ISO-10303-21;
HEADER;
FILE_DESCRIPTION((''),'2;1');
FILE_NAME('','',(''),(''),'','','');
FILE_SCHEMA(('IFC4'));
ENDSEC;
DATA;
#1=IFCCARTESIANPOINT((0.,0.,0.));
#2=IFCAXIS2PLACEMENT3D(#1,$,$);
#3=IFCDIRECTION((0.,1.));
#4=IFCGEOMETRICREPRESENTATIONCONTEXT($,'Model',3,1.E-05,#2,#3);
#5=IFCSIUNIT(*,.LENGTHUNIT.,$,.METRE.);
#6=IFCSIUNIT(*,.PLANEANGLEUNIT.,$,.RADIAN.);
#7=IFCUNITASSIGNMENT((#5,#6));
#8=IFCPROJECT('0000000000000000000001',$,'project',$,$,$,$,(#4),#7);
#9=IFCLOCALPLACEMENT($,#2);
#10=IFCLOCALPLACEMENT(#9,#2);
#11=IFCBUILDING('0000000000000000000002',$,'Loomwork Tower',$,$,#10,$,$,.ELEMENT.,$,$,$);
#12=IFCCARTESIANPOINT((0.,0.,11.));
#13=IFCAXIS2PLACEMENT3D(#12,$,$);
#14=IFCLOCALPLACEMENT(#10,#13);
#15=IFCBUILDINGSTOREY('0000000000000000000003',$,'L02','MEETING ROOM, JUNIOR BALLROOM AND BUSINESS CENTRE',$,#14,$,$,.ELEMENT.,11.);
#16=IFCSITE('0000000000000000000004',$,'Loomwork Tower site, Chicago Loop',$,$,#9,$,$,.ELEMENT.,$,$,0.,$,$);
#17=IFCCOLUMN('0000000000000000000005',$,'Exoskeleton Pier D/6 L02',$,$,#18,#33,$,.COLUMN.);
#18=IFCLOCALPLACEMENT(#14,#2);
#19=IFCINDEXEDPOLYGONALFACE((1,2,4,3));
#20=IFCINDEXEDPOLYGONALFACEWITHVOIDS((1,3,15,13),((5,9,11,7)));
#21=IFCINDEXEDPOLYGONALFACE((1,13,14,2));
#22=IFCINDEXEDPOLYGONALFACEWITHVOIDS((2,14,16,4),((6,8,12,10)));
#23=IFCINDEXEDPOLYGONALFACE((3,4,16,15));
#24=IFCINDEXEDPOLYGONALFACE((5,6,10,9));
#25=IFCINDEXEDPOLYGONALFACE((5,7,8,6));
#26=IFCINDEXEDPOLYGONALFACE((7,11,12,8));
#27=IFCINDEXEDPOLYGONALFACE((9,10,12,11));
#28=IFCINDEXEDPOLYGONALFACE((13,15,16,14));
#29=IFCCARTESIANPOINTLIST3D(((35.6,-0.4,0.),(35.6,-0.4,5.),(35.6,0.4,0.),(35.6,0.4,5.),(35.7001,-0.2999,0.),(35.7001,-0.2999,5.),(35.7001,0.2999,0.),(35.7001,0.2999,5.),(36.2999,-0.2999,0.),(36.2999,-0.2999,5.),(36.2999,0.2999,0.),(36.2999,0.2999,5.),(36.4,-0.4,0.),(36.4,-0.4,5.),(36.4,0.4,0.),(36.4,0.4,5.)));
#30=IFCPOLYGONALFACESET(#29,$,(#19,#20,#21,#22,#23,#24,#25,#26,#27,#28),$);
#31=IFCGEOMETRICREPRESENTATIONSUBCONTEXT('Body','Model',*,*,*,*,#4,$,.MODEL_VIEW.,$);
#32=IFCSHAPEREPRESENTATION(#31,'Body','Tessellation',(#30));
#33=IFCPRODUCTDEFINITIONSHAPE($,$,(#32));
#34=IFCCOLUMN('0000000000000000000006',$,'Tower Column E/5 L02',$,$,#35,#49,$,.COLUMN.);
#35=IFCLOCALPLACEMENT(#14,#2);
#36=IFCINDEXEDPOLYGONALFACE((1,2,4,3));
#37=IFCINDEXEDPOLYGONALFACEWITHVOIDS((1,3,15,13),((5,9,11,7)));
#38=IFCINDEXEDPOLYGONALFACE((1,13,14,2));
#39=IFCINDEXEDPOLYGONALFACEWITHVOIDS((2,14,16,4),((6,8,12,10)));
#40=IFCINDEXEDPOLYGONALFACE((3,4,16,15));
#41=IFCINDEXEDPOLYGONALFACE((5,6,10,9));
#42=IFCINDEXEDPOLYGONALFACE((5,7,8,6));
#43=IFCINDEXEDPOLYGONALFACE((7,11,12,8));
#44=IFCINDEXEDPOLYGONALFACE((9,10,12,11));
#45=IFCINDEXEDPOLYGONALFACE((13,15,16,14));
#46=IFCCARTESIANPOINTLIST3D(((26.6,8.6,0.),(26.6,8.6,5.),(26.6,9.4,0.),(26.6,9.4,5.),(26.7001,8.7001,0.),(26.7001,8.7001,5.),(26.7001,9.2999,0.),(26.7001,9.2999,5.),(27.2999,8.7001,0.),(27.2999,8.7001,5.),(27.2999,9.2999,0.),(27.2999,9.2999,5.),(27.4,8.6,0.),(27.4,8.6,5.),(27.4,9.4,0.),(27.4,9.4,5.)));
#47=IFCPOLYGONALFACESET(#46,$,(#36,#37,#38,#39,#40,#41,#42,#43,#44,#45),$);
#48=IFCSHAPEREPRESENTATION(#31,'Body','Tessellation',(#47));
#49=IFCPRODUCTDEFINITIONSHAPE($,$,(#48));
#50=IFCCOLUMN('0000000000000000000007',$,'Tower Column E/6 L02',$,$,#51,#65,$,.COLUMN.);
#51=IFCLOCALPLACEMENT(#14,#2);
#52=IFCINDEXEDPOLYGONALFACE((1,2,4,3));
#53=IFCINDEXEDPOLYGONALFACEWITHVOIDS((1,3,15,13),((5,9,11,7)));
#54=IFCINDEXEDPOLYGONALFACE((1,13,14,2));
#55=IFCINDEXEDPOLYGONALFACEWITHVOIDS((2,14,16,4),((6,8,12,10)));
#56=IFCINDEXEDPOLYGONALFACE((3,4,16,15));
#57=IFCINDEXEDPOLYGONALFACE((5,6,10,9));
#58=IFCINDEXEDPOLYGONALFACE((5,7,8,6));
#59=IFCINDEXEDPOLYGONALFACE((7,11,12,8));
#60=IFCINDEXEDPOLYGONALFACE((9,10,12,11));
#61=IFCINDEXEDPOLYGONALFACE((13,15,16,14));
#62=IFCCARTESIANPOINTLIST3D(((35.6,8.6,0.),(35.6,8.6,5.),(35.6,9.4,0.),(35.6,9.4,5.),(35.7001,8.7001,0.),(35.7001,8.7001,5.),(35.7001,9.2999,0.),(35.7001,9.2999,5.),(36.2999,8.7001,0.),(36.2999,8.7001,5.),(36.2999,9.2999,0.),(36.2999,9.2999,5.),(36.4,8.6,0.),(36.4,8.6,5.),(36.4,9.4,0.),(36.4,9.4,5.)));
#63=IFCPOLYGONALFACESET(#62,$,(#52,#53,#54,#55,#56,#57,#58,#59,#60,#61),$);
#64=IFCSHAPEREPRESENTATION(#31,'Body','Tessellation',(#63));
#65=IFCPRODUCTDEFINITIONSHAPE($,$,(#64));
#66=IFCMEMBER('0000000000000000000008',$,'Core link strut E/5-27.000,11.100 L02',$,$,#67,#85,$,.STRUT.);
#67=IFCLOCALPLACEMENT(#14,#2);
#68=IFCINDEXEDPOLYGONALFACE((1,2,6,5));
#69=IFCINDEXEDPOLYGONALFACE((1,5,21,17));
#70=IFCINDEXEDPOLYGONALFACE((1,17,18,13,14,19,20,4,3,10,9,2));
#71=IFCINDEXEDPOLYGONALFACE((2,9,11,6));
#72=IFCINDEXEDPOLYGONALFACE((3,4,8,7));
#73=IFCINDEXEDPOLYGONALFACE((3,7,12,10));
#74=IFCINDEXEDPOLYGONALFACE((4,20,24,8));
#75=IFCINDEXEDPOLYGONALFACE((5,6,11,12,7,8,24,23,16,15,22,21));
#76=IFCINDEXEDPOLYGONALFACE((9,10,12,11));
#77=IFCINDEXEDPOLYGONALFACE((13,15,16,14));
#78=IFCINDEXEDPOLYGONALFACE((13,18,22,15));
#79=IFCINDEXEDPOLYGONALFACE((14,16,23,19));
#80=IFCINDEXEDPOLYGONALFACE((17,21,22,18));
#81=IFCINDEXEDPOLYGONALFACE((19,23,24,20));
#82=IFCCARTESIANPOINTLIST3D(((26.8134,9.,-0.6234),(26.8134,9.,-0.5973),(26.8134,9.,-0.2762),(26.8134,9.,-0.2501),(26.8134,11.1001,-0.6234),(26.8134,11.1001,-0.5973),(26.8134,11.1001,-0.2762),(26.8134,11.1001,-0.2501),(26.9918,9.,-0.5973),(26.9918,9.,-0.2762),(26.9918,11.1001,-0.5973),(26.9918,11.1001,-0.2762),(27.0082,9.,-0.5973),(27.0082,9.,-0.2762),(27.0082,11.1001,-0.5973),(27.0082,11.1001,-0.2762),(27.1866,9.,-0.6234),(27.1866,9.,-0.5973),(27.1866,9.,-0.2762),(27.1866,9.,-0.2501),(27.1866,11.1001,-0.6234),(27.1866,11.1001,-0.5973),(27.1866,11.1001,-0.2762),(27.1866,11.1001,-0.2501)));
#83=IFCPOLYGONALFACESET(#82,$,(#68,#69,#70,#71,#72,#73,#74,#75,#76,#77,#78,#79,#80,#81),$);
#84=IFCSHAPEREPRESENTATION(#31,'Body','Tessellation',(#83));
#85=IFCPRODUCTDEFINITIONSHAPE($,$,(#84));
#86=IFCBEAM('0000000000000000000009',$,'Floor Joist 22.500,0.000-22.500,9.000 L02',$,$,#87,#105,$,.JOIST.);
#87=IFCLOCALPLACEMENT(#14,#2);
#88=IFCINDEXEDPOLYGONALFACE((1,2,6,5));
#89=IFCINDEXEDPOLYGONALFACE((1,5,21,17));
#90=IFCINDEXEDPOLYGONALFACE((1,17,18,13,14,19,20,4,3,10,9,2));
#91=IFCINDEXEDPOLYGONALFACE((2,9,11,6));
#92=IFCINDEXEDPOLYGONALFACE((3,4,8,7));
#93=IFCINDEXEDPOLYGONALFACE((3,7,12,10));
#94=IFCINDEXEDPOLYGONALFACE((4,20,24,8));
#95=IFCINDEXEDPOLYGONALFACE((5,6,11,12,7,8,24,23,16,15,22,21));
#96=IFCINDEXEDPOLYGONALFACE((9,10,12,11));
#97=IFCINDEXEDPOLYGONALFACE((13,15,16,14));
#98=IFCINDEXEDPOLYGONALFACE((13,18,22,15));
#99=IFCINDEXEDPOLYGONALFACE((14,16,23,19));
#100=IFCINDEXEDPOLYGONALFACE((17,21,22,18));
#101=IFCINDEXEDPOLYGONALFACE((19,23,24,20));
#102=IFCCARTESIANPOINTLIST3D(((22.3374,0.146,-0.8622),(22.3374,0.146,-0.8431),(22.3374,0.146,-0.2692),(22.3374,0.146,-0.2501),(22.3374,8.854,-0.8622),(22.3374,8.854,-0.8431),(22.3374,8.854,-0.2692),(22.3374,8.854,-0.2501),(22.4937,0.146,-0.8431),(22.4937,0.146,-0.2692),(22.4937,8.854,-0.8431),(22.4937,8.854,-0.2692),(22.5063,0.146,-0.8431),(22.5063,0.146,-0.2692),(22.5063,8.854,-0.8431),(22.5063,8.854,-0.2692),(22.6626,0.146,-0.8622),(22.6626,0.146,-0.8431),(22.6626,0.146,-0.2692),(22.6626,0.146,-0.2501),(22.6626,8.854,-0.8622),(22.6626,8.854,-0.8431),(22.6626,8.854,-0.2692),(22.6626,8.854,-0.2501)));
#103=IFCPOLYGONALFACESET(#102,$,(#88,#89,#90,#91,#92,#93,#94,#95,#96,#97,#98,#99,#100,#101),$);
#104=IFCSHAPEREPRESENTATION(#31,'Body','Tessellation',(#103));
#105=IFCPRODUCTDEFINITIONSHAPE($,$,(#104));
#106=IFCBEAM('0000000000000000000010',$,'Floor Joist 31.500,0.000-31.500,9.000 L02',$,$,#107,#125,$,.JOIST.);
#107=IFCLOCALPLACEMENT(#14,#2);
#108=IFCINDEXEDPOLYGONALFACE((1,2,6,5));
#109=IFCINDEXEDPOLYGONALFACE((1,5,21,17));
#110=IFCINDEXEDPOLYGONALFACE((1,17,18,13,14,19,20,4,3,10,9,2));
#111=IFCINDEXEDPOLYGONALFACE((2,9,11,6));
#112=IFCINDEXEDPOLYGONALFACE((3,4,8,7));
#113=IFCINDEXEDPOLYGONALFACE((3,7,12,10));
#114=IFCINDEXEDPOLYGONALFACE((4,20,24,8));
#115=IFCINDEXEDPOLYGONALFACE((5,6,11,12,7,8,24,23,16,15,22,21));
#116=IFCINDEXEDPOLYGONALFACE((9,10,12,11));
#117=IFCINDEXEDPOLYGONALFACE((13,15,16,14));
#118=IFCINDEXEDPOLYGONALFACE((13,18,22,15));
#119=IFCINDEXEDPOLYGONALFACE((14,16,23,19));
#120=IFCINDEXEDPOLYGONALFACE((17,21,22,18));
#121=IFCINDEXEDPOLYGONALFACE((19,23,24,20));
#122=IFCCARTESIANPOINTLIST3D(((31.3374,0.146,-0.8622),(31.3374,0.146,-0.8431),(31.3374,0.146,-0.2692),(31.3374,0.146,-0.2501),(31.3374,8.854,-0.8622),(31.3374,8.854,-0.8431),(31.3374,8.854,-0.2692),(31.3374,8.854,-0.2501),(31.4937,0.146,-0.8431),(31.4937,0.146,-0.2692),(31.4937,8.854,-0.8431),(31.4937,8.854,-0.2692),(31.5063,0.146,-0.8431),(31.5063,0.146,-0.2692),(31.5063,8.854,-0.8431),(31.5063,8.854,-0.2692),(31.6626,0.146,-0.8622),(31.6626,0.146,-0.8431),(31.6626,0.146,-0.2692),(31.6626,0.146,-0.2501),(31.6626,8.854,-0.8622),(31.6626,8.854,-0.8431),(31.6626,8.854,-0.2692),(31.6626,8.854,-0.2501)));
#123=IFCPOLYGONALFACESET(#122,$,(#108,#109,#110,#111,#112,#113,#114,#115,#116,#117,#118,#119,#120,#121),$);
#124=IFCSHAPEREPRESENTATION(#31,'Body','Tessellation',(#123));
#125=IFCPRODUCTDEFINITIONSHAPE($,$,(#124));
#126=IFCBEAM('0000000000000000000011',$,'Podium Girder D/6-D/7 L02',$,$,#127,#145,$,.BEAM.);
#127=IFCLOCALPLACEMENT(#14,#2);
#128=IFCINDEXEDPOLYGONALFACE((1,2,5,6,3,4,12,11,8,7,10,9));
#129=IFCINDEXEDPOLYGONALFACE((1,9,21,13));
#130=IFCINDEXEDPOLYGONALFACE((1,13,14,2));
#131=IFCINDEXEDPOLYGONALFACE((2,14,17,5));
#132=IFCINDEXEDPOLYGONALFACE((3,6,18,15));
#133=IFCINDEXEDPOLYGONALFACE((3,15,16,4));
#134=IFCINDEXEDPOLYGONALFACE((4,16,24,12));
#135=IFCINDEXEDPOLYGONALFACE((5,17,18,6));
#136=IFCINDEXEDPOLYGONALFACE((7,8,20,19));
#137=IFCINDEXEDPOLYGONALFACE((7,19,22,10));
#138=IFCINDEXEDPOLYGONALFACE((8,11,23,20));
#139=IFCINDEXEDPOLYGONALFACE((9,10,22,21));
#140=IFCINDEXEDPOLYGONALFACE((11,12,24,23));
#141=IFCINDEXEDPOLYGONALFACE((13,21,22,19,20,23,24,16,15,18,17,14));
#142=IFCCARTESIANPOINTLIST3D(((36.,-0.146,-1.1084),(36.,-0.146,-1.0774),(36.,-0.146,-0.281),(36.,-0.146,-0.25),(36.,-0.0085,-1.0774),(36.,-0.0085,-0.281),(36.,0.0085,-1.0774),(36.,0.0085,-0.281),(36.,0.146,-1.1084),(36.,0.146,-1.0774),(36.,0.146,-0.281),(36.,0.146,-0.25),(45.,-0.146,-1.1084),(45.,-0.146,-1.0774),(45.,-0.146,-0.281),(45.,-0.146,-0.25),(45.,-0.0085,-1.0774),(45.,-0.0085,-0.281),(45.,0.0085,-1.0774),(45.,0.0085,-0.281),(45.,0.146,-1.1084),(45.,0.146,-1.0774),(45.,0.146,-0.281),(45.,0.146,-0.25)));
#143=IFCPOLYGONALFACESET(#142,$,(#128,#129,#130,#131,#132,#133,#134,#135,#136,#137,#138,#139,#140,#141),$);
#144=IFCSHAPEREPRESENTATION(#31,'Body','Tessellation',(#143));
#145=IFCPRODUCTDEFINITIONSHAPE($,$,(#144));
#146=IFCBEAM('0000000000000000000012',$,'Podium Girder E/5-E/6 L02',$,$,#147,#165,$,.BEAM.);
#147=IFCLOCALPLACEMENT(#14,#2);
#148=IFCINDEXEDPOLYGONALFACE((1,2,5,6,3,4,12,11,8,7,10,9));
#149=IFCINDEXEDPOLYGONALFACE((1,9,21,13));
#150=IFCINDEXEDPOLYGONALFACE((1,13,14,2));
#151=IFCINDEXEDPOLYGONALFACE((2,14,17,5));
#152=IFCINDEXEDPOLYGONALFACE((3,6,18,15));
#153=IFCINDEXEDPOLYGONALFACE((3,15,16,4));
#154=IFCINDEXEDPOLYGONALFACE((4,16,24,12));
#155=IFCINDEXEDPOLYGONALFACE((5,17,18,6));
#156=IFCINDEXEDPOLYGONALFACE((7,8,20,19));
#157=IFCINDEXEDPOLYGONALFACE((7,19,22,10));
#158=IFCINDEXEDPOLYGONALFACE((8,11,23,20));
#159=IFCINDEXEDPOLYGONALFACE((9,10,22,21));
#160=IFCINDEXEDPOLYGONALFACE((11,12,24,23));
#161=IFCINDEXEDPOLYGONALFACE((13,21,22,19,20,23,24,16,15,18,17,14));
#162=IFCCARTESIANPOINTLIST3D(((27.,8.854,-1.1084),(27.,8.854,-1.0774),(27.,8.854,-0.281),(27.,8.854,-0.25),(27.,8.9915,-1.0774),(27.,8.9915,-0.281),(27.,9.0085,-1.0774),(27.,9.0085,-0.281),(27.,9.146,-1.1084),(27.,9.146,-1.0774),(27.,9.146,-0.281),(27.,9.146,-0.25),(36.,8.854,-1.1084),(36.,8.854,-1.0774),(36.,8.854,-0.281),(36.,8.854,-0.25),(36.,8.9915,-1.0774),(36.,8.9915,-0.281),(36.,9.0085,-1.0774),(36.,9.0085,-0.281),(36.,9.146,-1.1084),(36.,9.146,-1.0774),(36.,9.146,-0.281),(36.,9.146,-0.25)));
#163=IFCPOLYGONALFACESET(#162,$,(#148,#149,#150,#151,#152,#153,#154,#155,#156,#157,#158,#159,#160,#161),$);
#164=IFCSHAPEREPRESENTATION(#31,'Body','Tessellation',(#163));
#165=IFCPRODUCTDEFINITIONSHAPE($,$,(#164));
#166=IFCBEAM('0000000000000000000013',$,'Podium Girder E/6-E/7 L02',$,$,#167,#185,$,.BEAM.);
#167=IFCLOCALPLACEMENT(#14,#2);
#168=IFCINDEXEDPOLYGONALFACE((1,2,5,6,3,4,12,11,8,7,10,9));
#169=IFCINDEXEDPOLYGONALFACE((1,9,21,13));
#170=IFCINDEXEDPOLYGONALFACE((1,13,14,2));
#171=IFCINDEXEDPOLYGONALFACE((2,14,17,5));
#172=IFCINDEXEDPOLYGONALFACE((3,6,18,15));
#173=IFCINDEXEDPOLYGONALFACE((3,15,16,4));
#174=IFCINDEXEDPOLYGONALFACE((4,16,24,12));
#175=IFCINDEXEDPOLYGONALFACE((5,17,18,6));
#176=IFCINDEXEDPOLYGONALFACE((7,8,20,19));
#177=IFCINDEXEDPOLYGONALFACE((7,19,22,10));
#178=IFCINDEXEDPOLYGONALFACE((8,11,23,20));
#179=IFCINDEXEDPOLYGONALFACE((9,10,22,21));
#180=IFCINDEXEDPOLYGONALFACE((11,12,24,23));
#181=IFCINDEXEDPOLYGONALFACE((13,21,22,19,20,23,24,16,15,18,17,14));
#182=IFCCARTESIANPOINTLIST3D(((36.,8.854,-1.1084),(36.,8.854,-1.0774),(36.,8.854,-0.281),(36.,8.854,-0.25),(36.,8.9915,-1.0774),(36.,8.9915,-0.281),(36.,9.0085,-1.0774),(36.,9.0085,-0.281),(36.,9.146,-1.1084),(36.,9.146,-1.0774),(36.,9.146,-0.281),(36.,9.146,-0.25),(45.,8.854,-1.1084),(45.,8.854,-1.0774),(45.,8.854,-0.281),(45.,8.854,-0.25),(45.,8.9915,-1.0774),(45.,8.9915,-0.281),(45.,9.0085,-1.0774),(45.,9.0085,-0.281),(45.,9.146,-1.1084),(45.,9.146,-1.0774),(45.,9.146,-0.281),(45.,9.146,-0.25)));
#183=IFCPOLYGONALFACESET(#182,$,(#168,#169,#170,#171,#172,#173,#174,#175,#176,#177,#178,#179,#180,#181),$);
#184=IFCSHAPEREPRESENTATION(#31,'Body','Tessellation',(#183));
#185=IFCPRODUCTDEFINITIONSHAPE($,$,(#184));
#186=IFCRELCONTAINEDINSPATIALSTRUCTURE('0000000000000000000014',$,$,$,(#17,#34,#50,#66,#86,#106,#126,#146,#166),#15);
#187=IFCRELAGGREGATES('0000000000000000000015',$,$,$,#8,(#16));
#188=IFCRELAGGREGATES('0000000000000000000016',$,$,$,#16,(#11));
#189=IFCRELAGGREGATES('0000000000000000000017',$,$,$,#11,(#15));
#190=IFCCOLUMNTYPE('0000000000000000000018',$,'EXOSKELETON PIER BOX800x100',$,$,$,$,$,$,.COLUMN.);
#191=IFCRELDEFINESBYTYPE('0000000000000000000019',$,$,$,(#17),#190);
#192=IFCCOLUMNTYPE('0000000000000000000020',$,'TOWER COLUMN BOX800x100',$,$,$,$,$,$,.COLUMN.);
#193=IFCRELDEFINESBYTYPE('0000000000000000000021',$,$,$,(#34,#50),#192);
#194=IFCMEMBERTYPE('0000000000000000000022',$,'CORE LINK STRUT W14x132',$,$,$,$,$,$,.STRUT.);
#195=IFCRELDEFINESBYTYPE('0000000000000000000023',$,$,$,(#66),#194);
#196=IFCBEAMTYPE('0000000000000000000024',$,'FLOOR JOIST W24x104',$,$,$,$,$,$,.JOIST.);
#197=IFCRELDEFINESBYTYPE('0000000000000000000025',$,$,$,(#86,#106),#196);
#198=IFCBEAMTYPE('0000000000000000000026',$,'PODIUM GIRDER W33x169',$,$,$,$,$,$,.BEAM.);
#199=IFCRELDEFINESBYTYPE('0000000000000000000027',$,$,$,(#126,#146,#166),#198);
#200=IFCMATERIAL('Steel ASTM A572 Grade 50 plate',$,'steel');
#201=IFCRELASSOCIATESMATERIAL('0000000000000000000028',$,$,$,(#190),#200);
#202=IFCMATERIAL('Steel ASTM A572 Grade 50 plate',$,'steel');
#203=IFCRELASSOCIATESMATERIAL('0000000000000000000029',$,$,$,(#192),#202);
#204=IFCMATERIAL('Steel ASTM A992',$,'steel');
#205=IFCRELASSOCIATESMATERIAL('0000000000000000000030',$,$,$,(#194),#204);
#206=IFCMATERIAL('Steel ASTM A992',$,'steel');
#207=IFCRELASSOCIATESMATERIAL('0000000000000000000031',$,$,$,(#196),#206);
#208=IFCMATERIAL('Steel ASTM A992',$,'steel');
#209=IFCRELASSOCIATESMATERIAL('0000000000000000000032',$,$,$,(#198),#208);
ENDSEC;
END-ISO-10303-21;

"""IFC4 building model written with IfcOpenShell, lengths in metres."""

from ifc_helpers import new_model, si_unit, direction, frame, origin, origin_2d, place, context, subcontext, project, spatial, hollow_rectangle, i_section, extrude, material, material_profile, profile_set, type_object, element, save


model = new_model("IFC4")

# Units and contexts
model_context = context("Model", 3, precision=1e-05, world=origin(), true_north=direction((0.0, 1.0)))
body_context = subcontext(model_context, "Body", "Model", "MODEL_VIEW")
ifc_project = project(units=[si_unit("LENGTHUNIT", "METRE"), si_unit("PLANEANGLEUNIT", "RADIAN")], contexts=[model_context])

# Site, building, storey
site_placement = place(None, origin())
site = spatial("IfcSite", under=ifc_project, at=site_placement, Name="Loomwork Tower site, Chicago Loop", CompositionType="ELEMENT", RefElevation=0.0)
building_placement = place(site_placement, origin())
building = spatial("IfcBuilding", under=site, at=building_placement, Name="Loomwork Tower", CompositionType="ELEMENT")
storey_placement = place(building_placement, frame((0.0, 0.0, 11.0)))
storey = spatial("IfcBuildingStorey", under=building, at=storey_placement, Name="L02", Description="MEETING ROOM, JUNIOR BALLROOM AND BUSINESS CENTRE", CompositionType="ELEMENT", Elevation=11.0)

# Columns
ifc_material_1 = material(Name="Steel ASTM A572 Grade 50 plate", Category="steel")
ifc_material_profile_1 = material_profile(ifc_material_1, hollow_rectangle(XDim=0.8, YDim=0.8, WallThickness=0.1001, at=origin_2d()), Name="BOX800x100")
ifc_profile_set_1 = profile_set([ifc_material_profile_1], Name="Steel ASTM A572 Grade 50 plate")
column_type_1 = type_object("IfcColumnType", Name="EXOSKELETON PIER BOX800x100", PredefinedType="COLUMN", material=ifc_profile_set_1)
column_placement = place(storey_placement, frame((36.0, 0.0, 0.0), z_axis=(0.0, 0.0, 1.0), x_axis=(1.0, 0.0, 0.0)))
element("IfcColumn", 1, at=column_placement, inside=storey, type_object=column_type_1, Name="Exoskeleton Pier D/6 L02", PredefinedType="COLUMN", context=body_context, shape_type="SweptSolid", body=[
    extrude(hollow_rectangle(XDim=0.8, YDim=0.8, WallThickness=0.1001, at=origin_2d()), origin(), (0.0, 0.0, 1.0), 5.0),
])
ifc_material_2 = material(Name="Steel ASTM A572 Grade 50 plate", Category="steel")
ifc_material_profile_2 = material_profile(ifc_material_2, hollow_rectangle(XDim=0.8, YDim=0.8, WallThickness=0.1001, at=origin_2d()), Name="BOX800x100")
ifc_profile_set_2 = profile_set([ifc_material_profile_2], Name="Steel ASTM A572 Grade 50 plate")
column_type_2 = type_object("IfcColumnType", Name="TOWER COLUMN BOX800x100", PredefinedType="COLUMN", material=ifc_profile_set_2)
for number, where, z_axis, x_axis, name in (
    (2, (27.0, 9.0, 0.0), (0.0, 0.0, 1.0), (1.0, 0.0, 0.0), "Tower Column E/5 L02"),
    (3, (36.0, 9.0, 0.0), (0.0, 0.0, 1.0), (0.0, 1.0, 0.0), "Tower Column E/6 L02"),
):
    element("IfcColumn", number, at=place(storey_placement, frame(where, z_axis=z_axis, x_axis=x_axis)), inside=storey, type_object=column_type_2, Name=name, PredefinedType="COLUMN", context=body_context, shape_type="SweptSolid", body=[
        extrude(hollow_rectangle(XDim=0.8, YDim=0.8, WallThickness=0.1001, at=origin_2d()), origin(), (0.0, 0.0, 1.0), 5.0),
    ])

# Member
ifc_material_3 = material(Name="Steel ASTM A992", Category="steel")
ifc_material_profile_3 = material_profile(ifc_material_3, i_section(OverallWidth=0.3733, OverallDepth=0.3733, WebThickness=0.0164, FlangeThickness=0.0261, at=origin_2d()), Name="W14x132")
ifc_profile_set_3 = profile_set([ifc_material_profile_3], Name="Steel ASTM A992")
member_type = type_object("IfcMemberType", Name="CORE LINK STRUT W14x132", PredefinedType="STRUT", material=ifc_profile_set_3)
member_placement = place(storey_placement, frame((27.0, 9.0, -0.4368), z_axis=(0.0, 1.0, 0.0), x_axis=(-1.0, 0.0, 0.0)))
element("IfcMember", 4, at=member_placement, inside=storey, type_object=member_type, Name="Core link strut E/5-27.000,11.100 L02", PredefinedType="STRUT", context=body_context, shape_type="SweptSolid", body=[
    extrude(i_section(OverallWidth=0.3733, OverallDepth=0.3733, WebThickness=0.0164, FlangeThickness=0.0261, at=origin_2d()), origin(), (0.0, 0.0, 1.0), 2.1001),
])

# Beams
ifc_material_4 = material(Name="Steel ASTM A992", Category="steel")
ifc_material_profile_4 = material_profile(ifc_material_4, i_section(OverallWidth=0.3252, OverallDepth=0.6121, WebThickness=0.0127, FlangeThickness=0.019, at=origin_2d()), Name="W24x104")
ifc_profile_set_4 = profile_set([ifc_material_profile_4], Name="Steel ASTM A992")
beam_type_1 = type_object("IfcBeamType", Name="FLOOR JOIST W24x104", PredefinedType="JOIST", material=ifc_profile_set_4)
for number, where, z_axis, x_axis, name in (
    (5, (22.5, 0.146, -0.5562), (0.0, 1.0, 0.0), (-1.0, 0.0, 0.0), "Floor Joist 22.500,0.000-22.500,9.000 L02"),
    (6, (31.5, 0.146, -0.5562), (0.0, 1.0, 0.0), (-1.0, 0.0, 0.0), "Floor Joist 31.500,0.000-31.500,9.000 L02"),
):
    element("IfcBeam", number, at=place(storey_placement, frame(where, z_axis=z_axis, x_axis=x_axis)), inside=storey, type_object=beam_type_1, Name=name, PredefinedType="JOIST", context=body_context, shape_type="SweptSolid", body=[
        extrude(i_section(OverallWidth=0.3252, OverallDepth=0.6121, WebThickness=0.0127, FlangeThickness=0.019, at=origin_2d()), origin(), (0.0, 0.0, 1.0), 8.708),
    ])
ifc_material_5 = material(Name="Steel ASTM A992", Category="steel")
ifc_material_profile_5 = material_profile(ifc_material_5, i_section(OverallWidth=0.292, OverallDepth=0.8584, WebThickness=0.0171, FlangeThickness=0.031, at=origin_2d()), Name="W33x169")
ifc_profile_set_5 = profile_set([ifc_material_profile_5], Name="Steel ASTM A992")
beam_type_2 = type_object("IfcBeamType", Name="PODIUM GIRDER W33x169", PredefinedType="BEAM", material=ifc_profile_set_5)
for number, where, z_axis, x_axis, name in (
    (7, (36.0, 0.0, -0.6792), (1.0, 0.0, 0.0), (0.0, 1.0, 0.0), "Podium Girder D/6-D/7 L02"),
    (8, (27.0, 9.0, -0.6792), (1.0, 0.0, 0.0), (0.0, 1.0, 0.0), "Podium Girder E/5-E/6 L02"),
    (9, (36.0, 9.0, -0.6792), (1.0, 0.0, 0.0), (0.0, 1.0, 0.0), "Podium Girder E/6-E/7 L02"),
):
    element("IfcBeam", number, at=place(storey_placement, frame(where, z_axis=z_axis, x_axis=x_axis)), inside=storey, type_object=beam_type_2, Name=name, PredefinedType="BEAM", context=body_context, shape_type="SweptSolid", body=[
        extrude(i_section(OverallWidth=0.292, OverallDepth=0.8584, WebThickness=0.0171, FlangeThickness=0.031, at=origin_2d()), origin(), (0.0, 0.0, 1.0), 9.0),
    ])

save(model, "model.ifc")
